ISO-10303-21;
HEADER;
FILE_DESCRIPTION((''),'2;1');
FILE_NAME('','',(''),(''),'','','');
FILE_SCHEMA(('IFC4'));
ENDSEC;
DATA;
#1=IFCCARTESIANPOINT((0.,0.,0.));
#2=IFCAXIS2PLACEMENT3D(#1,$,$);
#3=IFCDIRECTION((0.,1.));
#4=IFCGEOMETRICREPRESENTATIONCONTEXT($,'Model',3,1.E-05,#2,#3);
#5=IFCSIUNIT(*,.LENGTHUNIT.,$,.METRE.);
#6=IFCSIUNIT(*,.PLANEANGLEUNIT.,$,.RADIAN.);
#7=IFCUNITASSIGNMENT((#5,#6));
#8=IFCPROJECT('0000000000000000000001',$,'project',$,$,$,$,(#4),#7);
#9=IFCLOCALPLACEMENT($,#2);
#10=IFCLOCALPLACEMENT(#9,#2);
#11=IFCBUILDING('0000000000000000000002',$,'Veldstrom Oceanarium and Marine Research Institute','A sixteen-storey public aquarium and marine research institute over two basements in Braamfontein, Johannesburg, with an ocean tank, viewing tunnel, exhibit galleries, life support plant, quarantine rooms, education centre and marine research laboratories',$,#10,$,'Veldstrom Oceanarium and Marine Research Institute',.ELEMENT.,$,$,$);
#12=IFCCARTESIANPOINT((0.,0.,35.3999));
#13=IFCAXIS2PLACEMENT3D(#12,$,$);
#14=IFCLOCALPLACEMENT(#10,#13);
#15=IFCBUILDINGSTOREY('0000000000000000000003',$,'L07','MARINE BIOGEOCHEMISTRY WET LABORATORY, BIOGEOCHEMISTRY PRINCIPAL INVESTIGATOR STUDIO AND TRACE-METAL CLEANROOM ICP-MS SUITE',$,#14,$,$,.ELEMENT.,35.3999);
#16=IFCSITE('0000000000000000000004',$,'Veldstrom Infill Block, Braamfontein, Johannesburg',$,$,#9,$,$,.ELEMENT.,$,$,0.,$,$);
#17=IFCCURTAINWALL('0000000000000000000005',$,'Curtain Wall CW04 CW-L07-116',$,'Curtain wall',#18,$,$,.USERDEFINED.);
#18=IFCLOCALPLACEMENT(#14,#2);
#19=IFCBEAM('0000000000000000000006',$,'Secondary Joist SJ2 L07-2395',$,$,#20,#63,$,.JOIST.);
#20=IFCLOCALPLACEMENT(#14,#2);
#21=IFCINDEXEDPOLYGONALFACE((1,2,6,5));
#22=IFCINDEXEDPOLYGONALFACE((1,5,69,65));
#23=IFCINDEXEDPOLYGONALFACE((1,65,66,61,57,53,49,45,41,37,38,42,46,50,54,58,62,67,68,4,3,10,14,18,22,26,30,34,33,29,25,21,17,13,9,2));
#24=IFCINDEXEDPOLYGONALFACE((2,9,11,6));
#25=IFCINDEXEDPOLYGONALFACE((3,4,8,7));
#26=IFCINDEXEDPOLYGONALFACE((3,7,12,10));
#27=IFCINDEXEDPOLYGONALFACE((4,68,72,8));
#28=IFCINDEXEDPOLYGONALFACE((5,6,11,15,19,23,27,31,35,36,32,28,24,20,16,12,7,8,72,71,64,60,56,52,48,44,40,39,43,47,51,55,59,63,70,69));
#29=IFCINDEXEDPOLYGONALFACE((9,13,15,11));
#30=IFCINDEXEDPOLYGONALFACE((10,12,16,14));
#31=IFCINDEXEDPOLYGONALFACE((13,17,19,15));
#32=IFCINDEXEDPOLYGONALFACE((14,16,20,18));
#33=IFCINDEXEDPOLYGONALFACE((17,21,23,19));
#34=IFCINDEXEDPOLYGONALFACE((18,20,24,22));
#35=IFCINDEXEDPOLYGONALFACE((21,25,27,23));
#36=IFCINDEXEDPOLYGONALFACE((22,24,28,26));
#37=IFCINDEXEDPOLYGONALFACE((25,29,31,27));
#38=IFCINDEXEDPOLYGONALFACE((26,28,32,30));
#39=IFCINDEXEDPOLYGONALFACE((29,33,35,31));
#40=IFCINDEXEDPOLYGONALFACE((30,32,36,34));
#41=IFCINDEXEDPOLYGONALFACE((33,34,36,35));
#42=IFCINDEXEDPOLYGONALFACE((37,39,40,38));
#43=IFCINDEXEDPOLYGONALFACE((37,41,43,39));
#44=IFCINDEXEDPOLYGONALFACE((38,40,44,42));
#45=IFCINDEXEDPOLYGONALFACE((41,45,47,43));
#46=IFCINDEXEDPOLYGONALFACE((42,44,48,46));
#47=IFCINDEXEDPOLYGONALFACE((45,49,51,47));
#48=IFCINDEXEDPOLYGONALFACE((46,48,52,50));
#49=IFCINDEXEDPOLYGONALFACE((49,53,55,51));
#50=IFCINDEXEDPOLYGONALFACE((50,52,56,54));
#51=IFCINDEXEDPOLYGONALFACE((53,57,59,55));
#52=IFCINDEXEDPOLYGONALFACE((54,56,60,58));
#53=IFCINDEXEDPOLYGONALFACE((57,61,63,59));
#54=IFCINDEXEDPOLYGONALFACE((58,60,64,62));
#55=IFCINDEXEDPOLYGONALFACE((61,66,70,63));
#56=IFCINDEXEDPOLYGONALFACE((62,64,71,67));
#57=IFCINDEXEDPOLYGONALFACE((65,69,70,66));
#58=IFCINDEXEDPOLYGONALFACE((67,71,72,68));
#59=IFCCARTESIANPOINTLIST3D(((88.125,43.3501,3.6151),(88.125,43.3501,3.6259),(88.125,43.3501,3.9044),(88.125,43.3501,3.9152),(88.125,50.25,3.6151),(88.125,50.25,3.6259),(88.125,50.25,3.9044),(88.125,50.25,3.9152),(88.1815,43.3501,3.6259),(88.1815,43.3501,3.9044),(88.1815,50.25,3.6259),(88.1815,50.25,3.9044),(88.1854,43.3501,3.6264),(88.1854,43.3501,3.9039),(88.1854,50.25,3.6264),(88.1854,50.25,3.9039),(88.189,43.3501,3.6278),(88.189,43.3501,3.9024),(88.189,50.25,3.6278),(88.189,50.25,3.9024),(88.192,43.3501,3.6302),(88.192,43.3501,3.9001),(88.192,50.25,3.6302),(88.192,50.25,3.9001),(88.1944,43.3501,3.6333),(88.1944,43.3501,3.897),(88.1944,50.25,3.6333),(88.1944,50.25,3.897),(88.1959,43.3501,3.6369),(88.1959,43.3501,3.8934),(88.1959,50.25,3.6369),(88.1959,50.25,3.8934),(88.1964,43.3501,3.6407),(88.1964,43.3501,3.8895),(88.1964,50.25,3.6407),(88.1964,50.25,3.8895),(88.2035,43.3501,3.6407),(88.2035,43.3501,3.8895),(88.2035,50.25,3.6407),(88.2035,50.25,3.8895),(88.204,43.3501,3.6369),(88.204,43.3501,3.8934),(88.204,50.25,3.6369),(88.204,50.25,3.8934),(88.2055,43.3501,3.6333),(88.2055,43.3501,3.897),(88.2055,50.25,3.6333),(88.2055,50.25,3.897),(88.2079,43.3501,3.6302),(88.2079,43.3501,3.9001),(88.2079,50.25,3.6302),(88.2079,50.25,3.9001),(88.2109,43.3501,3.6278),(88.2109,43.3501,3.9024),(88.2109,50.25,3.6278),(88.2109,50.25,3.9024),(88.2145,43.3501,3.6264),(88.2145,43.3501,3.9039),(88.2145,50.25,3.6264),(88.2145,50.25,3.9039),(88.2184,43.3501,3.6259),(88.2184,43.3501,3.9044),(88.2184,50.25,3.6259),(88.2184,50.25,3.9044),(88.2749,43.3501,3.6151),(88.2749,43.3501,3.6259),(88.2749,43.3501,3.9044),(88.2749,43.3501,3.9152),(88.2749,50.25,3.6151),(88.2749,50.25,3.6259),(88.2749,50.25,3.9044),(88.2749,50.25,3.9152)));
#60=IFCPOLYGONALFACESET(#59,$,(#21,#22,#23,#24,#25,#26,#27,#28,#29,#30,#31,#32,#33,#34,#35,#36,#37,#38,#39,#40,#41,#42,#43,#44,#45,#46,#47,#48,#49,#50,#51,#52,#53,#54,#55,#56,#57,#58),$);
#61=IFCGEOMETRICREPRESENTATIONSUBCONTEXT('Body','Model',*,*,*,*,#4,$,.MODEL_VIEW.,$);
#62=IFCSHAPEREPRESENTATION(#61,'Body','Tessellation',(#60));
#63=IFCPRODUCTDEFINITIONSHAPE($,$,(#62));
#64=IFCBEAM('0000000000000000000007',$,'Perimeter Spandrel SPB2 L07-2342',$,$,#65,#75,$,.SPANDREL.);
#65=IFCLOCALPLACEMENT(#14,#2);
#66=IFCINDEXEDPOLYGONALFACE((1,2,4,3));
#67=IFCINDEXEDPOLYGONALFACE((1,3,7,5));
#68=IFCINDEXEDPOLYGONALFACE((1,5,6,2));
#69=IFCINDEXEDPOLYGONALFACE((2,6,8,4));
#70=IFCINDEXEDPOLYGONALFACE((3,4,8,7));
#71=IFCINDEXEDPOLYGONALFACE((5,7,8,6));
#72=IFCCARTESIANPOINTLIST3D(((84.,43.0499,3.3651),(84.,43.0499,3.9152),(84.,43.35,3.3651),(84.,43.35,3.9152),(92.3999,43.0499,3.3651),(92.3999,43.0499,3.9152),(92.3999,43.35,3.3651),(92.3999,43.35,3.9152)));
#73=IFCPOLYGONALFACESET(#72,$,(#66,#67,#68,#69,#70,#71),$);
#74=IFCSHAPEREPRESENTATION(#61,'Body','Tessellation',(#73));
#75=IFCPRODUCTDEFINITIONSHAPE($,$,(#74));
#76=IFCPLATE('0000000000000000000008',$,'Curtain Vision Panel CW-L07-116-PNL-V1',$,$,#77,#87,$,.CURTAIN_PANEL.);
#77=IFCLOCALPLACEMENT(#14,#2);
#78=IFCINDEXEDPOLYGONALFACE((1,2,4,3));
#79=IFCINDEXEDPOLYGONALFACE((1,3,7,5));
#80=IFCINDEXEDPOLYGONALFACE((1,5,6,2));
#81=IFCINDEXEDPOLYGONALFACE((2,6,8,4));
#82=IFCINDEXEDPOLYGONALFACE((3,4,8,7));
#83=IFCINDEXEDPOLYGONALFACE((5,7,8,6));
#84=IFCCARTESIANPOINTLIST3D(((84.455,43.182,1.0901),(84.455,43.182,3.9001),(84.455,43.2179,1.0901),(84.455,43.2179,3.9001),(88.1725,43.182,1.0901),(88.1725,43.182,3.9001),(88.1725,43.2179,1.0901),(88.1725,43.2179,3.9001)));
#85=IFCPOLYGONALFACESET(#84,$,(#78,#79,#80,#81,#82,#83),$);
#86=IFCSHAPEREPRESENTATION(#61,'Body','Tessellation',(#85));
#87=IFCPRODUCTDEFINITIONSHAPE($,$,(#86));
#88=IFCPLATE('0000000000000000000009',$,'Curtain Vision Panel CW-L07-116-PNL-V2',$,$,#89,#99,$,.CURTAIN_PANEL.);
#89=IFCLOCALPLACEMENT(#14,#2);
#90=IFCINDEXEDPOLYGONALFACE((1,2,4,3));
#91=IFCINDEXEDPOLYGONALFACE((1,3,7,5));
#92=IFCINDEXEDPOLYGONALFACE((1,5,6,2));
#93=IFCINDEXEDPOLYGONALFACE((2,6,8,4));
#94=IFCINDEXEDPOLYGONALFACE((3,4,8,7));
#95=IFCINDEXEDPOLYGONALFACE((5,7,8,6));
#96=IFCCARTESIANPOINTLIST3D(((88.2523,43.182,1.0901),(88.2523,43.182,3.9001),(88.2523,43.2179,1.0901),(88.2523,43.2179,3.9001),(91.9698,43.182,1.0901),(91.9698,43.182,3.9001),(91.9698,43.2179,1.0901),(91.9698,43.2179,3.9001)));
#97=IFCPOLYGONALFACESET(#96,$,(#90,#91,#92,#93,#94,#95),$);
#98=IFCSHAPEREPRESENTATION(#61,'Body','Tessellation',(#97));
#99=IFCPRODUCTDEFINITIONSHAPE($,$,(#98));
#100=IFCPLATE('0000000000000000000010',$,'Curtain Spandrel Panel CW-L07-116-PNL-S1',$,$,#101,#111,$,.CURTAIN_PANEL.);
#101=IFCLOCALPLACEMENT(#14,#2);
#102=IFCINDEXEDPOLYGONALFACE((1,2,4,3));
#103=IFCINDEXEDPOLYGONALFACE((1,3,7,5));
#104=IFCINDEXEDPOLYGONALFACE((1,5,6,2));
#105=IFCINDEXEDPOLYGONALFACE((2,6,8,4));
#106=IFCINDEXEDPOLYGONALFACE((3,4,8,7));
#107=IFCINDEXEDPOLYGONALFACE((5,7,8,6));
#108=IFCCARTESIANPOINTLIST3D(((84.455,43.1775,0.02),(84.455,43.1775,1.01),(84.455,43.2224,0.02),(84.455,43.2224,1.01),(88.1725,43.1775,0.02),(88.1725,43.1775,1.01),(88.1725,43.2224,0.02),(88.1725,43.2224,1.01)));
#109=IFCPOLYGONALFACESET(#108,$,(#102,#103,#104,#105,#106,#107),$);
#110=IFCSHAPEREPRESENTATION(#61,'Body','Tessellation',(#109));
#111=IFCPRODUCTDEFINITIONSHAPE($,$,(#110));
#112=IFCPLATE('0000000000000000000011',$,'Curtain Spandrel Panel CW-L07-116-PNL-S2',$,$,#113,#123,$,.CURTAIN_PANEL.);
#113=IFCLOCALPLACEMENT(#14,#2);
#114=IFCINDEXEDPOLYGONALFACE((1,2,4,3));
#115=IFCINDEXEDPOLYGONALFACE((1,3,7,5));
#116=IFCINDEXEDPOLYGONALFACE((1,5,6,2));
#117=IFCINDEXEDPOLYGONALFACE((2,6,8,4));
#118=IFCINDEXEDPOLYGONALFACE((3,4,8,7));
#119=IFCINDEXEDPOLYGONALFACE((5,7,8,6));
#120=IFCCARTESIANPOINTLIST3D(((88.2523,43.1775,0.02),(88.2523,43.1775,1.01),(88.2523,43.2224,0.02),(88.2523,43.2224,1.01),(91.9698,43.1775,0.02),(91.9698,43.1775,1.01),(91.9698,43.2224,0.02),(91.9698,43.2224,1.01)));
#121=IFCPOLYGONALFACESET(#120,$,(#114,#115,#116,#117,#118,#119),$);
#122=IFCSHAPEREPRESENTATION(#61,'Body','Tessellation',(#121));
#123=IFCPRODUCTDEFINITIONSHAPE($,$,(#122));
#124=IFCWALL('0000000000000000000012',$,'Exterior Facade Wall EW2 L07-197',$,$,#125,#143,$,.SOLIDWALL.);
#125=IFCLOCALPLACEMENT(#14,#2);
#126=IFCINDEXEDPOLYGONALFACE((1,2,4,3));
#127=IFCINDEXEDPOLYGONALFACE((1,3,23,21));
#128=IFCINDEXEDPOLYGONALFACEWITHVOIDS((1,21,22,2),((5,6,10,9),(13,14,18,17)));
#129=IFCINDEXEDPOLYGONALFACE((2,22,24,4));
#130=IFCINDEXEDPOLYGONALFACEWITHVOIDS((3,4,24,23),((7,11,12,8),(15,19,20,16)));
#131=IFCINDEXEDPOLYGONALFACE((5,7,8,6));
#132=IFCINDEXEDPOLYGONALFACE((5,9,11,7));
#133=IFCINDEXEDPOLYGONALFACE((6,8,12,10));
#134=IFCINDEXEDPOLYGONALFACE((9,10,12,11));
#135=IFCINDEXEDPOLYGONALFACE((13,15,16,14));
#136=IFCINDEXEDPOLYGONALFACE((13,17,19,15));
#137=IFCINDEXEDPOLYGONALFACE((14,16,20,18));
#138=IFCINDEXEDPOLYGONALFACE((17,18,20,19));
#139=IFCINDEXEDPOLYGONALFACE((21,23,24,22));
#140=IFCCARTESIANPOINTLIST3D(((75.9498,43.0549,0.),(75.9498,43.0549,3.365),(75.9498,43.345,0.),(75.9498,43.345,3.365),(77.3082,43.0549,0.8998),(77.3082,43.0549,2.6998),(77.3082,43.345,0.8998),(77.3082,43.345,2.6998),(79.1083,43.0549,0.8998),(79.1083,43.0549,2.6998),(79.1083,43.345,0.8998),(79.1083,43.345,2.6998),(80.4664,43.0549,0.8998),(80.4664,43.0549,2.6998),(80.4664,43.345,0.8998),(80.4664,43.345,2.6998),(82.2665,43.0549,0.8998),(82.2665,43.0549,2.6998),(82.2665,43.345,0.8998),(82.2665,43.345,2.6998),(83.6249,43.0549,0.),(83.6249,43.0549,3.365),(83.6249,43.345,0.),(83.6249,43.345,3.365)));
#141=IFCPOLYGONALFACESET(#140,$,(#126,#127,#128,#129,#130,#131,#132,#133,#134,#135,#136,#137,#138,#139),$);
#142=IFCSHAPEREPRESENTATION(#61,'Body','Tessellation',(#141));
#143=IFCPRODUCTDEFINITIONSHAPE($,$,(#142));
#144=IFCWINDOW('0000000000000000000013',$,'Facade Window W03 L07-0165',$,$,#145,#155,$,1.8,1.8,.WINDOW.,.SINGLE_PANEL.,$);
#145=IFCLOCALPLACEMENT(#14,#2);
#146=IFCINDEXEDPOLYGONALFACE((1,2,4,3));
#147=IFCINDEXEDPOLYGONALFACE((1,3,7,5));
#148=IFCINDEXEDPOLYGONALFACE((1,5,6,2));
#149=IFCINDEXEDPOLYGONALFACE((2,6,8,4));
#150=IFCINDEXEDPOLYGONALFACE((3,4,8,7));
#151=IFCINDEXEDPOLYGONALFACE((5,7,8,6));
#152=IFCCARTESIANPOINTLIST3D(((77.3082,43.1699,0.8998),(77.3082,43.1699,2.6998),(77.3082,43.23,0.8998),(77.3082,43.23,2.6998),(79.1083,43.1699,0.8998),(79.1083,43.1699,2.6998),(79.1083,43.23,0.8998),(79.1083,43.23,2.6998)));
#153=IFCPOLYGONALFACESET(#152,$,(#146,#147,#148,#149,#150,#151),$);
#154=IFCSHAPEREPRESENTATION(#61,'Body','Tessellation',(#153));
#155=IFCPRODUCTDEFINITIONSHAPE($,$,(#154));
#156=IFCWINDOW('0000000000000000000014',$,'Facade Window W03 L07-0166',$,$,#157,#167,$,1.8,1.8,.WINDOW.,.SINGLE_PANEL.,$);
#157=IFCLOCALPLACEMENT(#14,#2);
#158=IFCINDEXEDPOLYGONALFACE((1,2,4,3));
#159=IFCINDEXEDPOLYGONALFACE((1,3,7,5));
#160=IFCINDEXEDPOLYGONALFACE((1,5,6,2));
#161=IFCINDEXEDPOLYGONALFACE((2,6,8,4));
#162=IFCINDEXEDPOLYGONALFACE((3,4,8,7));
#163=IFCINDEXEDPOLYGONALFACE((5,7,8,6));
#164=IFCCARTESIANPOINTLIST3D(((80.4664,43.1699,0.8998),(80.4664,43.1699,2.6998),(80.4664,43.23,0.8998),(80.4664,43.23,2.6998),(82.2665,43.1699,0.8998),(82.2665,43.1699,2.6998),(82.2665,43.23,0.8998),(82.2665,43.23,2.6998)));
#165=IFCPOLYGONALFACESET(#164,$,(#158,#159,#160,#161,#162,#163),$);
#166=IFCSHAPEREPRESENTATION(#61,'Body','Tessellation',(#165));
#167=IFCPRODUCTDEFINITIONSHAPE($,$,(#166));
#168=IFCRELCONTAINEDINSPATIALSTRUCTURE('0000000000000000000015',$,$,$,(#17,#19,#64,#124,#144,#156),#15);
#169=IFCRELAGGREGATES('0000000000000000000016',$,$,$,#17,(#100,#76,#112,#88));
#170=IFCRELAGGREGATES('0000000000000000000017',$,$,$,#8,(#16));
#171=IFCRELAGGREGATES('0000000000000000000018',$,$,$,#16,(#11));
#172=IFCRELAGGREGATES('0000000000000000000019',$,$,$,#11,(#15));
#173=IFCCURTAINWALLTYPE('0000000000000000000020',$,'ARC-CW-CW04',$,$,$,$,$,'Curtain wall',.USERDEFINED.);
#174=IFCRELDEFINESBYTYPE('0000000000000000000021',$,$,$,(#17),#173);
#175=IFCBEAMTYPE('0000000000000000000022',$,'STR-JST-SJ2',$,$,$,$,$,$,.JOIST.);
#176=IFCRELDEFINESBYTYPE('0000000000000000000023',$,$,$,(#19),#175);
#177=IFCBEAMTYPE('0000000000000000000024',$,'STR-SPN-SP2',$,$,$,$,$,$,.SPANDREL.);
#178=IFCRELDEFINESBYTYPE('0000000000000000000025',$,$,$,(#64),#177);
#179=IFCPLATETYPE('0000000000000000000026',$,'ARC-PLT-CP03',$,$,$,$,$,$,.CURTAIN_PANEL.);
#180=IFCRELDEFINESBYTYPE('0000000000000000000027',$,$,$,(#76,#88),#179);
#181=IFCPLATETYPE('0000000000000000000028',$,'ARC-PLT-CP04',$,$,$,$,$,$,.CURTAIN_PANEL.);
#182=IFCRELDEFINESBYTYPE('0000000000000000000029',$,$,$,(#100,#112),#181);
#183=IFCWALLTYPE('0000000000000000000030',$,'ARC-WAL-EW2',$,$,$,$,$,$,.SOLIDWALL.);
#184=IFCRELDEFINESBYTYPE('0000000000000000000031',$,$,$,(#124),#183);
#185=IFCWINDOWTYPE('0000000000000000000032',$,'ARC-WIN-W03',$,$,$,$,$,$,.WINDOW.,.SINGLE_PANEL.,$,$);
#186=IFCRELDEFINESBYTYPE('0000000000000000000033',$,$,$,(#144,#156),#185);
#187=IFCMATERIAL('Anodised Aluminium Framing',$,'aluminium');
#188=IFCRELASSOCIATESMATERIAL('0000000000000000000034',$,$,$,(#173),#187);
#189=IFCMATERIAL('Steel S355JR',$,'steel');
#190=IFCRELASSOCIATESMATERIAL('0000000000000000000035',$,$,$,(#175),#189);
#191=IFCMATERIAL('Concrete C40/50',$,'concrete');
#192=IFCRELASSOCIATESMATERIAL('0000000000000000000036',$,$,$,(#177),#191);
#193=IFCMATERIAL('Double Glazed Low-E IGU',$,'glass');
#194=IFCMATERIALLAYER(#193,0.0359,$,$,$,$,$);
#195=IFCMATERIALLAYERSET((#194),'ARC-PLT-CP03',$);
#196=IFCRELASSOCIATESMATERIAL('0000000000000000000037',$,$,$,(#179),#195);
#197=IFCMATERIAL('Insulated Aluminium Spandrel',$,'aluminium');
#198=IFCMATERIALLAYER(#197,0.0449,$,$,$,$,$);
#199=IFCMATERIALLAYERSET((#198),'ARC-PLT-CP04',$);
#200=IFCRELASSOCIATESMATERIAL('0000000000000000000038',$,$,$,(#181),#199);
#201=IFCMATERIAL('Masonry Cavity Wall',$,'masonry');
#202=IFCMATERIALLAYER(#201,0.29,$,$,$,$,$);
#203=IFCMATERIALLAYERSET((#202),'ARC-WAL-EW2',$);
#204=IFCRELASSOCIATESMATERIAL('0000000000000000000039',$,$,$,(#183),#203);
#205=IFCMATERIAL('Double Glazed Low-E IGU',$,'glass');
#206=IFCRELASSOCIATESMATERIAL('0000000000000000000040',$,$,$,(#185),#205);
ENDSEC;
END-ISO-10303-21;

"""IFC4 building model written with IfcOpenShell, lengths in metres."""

from ifc_helpers import new_model, si_unit, direction, frame, frame_2d, origin, origin_2d, place, context, subcontext, project, spatial, rectangle, i_section, extrude, material, layer, layer_set, material_profile, profile_set, type_object, element, fill, aggregate, save


model = new_model("IFC4")

# Units and contexts
model_context = context("Model", 3, precision=1e-05, world=origin(), true_north=direction((0.0, 1.0)))
body_context = subcontext(model_context, "Body", "Model", "MODEL_VIEW")
ifc_project = project(units=[si_unit("LENGTHUNIT", "METRE"), si_unit("PLANEANGLEUNIT", "RADIAN")], contexts=[model_context])

# Site, building, storey
site_placement = place(None, origin())
site = spatial("IfcSite", under=ifc_project, at=site_placement, Name="Veldstrom Infill Block, Braamfontein, Johannesburg", CompositionType="ELEMENT", RefElevation=0.0)
building_placement = place(site_placement, origin())
building = spatial("IfcBuilding", under=site, at=building_placement, Name="Veldstrom Oceanarium and Marine Research Institute", Description="A sixteen-storey public aquarium and marine research institute over two basements in Braamfontein, Johannesburg, with an ocean tank, viewing tunnel, exhibit galleries, life support plant, quarantine rooms, education centre and marine research laboratories", LongName="Veldstrom Oceanarium and Marine Research Institute", CompositionType="ELEMENT")
storey_placement = place(building_placement, frame((0.0, 0.0, 35.3999)))
storey = spatial("IfcBuildingStorey", under=building, at=storey_placement, Name="L07", Description="MARINE BIOGEOCHEMISTRY WET LABORATORY, BIOGEOCHEMISTRY PRINCIPAL INVESTIGATOR STUDIO AND TRACE-METAL CLEANROOM ICP-MS SUITE", CompositionType="ELEMENT", Elevation=35.3999)

# Curtain wall
ifc_material_1 = material(Name="Anodised Aluminium Framing", Category="aluminium")
curtain_wall_type = type_object("IfcCurtainWallType", Name="ARC-CW-CW04", ElementType="Curtain wall", PredefinedType="USERDEFINED", material=ifc_material_1)
curtain_wall_placement = place(storey_placement, origin())
curtain_wall = element("IfcCurtainWall", 1, at=curtain_wall_placement, inside=storey, type_object=curtain_wall_type, Name="Curtain Wall CW04 CW-L07-116", ObjectType="Curtain wall", PredefinedType="USERDEFINED")

# Beams
ifc_material_2 = material(Name="Steel S355JR", Category="steel")
ifc_material_profile_1 = material_profile(ifc_material_2, i_section(OverallWidth=0.1499, OverallDepth=0.3, WebThickness=0.0071, FlangeThickness=0.0107, FilletRadius=0.0149, at=origin_2d()), Name="IPE 300")
ifc_profile_set_1 = profile_set([ifc_material_profile_1], Name="Steel S355JR")
beam_type_1 = type_object("IfcBeamType", Name="STR-JST-SJ2", PredefinedType="JOIST", material=ifc_profile_set_1)
beam_1_placement = place(storey_placement, frame((88.2, 43.3501, 3.7651), z_axis=(0.0, 1.0, 0.0), x_axis=(-1.0, 0.0, 0.0)))
element("IfcBeam", 2, at=beam_1_placement, inside=storey, type_object=beam_type_1, Name="Secondary Joist SJ2 L07-2395", PredefinedType="JOIST", context=body_context, shape_type="SweptSolid", body=[
    extrude(i_section(OverallWidth=0.1499, OverallDepth=0.3, WebThickness=0.0071, FlangeThickness=0.0107, FilletRadius=0.0149, at=origin_2d()), origin(), (0.0, 0.0, 1.0), 6.8999),
])
ifc_material_3 = material(Name="Concrete C40/50", Category="concrete")
ifc_material_profile_2 = material_profile(ifc_material_3, rectangle(XDim=0.3, YDim=0.55, at=origin_2d()), Name="RC-SPN-300x550")
ifc_profile_set_2 = profile_set([ifc_material_profile_2], Name="Concrete C40/50")
beam_type_2 = type_object("IfcBeamType", Name="STR-SPN-SP2", PredefinedType="SPANDREL", material=ifc_profile_set_2)
beam_2_placement = place(storey_placement, frame((84.0, 43.2, 3.6401), z_axis=(1.0, 0.0, 0.0), x_axis=(0.0, 1.0, 0.0)))
element("IfcBeam", 3, at=beam_2_placement, inside=storey, type_object=beam_type_2, Name="Perimeter Spandrel SPB2 L07-2342", PredefinedType="SPANDREL", context=body_context, shape_type="SweptSolid", body=[
    extrude(rectangle(XDim=0.3, YDim=0.55, at=origin_2d()), origin(), (0.0, 0.0, 1.0), 8.3999),
])

# Plates
ifc_material_4 = material(Name="Double Glazed Low-E IGU", Category="glass")
ifc_layer_1 = layer(ifc_material_4, 0.0359)
ifc_layer_set_1 = layer_set([ifc_layer_1], Name="ARC-PLT-CP03")
plate_type_1 = type_object("IfcPlateType", Name="ARC-PLT-CP03", PredefinedType="CURTAIN_PANEL", material=ifc_layer_set_1)
plate_1_placement = place(storey_placement, frame((86.3137, 43.2, 1.0901), z_axis=(0.0, 0.0, 1.0), x_axis=(1.0, 0.0, 0.0)))
plate_1 = element("IfcPlate", 4, at=plate_1_placement, type_object=plate_type_1, Name="Curtain Vision Panel CW-L07-116-PNL-V1", PredefinedType="CURTAIN_PANEL", context=body_context, shape_type="SweptSolid", body=[
    extrude(rectangle(XDim=3.7175, YDim=0.0359, at=origin_2d()), origin(), (0.0, 0.0, 1.0), 2.8101),
])
plate_2_placement = place(storey_placement, frame((90.1111, 43.2, 1.0901), z_axis=(0.0, 0.0, 1.0), x_axis=(1.0, 0.0, 0.0)))
plate_2 = element("IfcPlate", 5, at=plate_2_placement, type_object=plate_type_1, Name="Curtain Vision Panel CW-L07-116-PNL-V2", PredefinedType="CURTAIN_PANEL", context=body_context, shape_type="SweptSolid", body=[
    extrude(rectangle(XDim=3.7175, YDim=0.0359, at=origin_2d()), origin(), (0.0, 0.0, 1.0), 2.8101),
])
ifc_material_5 = material(Name="Insulated Aluminium Spandrel", Category="aluminium")
ifc_layer_2 = layer(ifc_material_5, 0.0449)
ifc_layer_set_2 = layer_set([ifc_layer_2], Name="ARC-PLT-CP04")
plate_type_2 = type_object("IfcPlateType", Name="ARC-PLT-CP04", PredefinedType="CURTAIN_PANEL", material=ifc_layer_set_2)
plate_3_placement = place(storey_placement, frame((86.3137, 43.2, 0.02), z_axis=(0.0, 0.0, 1.0), x_axis=(1.0, 0.0, 0.0)))
plate_3 = element("IfcPlate", 6, at=plate_3_placement, type_object=plate_type_2, Name="Curtain Spandrel Panel CW-L07-116-PNL-S1", PredefinedType="CURTAIN_PANEL", context=body_context, shape_type="SweptSolid", body=[
    extrude(rectangle(XDim=3.7175, YDim=0.0449, at=origin_2d()), origin(), (0.0, 0.0, 1.0), 0.99),
])
plate_4_placement = place(storey_placement, frame((90.1111, 43.2, 0.02), z_axis=(0.0, 0.0, 1.0), x_axis=(1.0, 0.0, 0.0)))
plate_4 = element("IfcPlate", 7, at=plate_4_placement, type_object=plate_type_2, Name="Curtain Spandrel Panel CW-L07-116-PNL-S2", PredefinedType="CURTAIN_PANEL", context=body_context, shape_type="SweptSolid", body=[
    extrude(rectangle(XDim=3.7175, YDim=0.0449, at=origin_2d()), origin(), (0.0, 0.0, 1.0), 0.99),
])
aggregate(curtain_wall, [plate_3, plate_1, plate_4, plate_2])

# Wall, openings, windows
ifc_material_6 = material(Name="Masonry Cavity Wall", Category="masonry")
ifc_layer_3 = layer(ifc_material_6, 0.29)
ifc_layer_set_3 = layer_set([ifc_layer_3], Name="ARC-WAL-EW2")
wall_type_1 = type_object("IfcWallType", Name="ARC-WAL-EW2", PredefinedType="SOLIDWALL", material=ifc_layer_set_3)
wall_1_placement = place(storey_placement, frame((75.95, 43.2, 0.0), z_axis=(0.0, 0.0, 1.0), x_axis=(1.0, 0.0, 0.0)))
wall_1 = element("IfcWall", 8, at=wall_1_placement, inside=storey, type_object=wall_type_1, Name="Exterior Facade Wall EW2 L07-197", PredefinedType="SOLIDWALL", context=body_context, shape_type="SweptSolid", body=[
    extrude(rectangle(XDim=7.675, YDim=0.29, at=frame_2d((3.8374, 0.0))), origin(), (0.0, 0.0, 1.0), 3.365),
])
opening_1_placement = place(wall_1_placement, frame((1.3584, 0.0, 0.8999)))
opening_1 = element("IfcOpeningElement", 9, at=opening_1_placement, cuts=wall_1, PredefinedType="OPENING", context=body_context, shape_type="SweptSolid", body=[
    extrude(rectangle(XDim=1.8, YDim=1.8, at=frame_2d((0.8999, 0.8999))), frame((0.0, 0.155, 0.0), z_axis=(0.0, -1.0, 0.0), x_axis=(1.0, 0.0, 0.0)), (0.0, 0.0, 1.0), 0.3101),
])
opening_2_placement = place(wall_1_placement, frame((4.5166, 0.0, 0.8999)))
opening_2 = element("IfcOpeningElement", 10, at=opening_2_placement, cuts=wall_1, PredefinedType="OPENING", context=body_context, shape_type="SweptSolid", body=[
    extrude(rectangle(XDim=1.8, YDim=1.8, at=frame_2d((0.8999, 0.8999))), frame((0.0, 0.155, 0.0), z_axis=(0.0, -1.0, 0.0), x_axis=(1.0, 0.0, 0.0)), (0.0, 0.0, 1.0), 0.3101),
])
ifc_material_7 = material(Name="Double Glazed Low-E IGU", Category="glass")
window_type = type_object("IfcWindowType", Name="ARC-WIN-W03", PartitioningType="SINGLE_PANEL", PredefinedType="WINDOW", material=ifc_material_7)
window_1_placement = place(opening_1_placement, origin())
window_1 = element("IfcWindow", 11, at=window_1_placement, inside=storey, type_object=window_type, Name="Facade Window W03 L07-0165", OverallHeight=1.8, OverallWidth=1.8, PartitioningType="SINGLE_PANEL", PredefinedType="WINDOW", context=body_context, shape_type="SweptSolid", body=[
    extrude(rectangle(XDim=1.8, YDim=1.8, at=frame_2d((0.8999, 0.8999))), frame((0.0, 0.03, 0.0), z_axis=(0.0, -1.0, 0.0), x_axis=(1.0, 0.0, 0.0)), (0.0, 0.0, 1.0), 0.0601),
])
fill(opening_1, window_1)
window_2_placement = place(opening_2_placement, origin())
window_2 = element("IfcWindow", 12, at=window_2_placement, inside=storey, type_object=window_type, Name="Facade Window W03 L07-0166", OverallHeight=1.8, OverallWidth=1.8, PartitioningType="SINGLE_PANEL", PredefinedType="WINDOW", context=body_context, shape_type="SweptSolid", body=[
    extrude(rectangle(XDim=1.8, YDim=1.8, at=frame_2d((0.8999, 0.8999))), frame((0.0, 0.03, 0.0), z_axis=(0.0, -1.0, 0.0), x_axis=(1.0, 0.0, 0.0)), (0.0, 0.0, 1.0), 0.0601),
])
fill(opening_2, window_2)

save(model, "model.ifc")
